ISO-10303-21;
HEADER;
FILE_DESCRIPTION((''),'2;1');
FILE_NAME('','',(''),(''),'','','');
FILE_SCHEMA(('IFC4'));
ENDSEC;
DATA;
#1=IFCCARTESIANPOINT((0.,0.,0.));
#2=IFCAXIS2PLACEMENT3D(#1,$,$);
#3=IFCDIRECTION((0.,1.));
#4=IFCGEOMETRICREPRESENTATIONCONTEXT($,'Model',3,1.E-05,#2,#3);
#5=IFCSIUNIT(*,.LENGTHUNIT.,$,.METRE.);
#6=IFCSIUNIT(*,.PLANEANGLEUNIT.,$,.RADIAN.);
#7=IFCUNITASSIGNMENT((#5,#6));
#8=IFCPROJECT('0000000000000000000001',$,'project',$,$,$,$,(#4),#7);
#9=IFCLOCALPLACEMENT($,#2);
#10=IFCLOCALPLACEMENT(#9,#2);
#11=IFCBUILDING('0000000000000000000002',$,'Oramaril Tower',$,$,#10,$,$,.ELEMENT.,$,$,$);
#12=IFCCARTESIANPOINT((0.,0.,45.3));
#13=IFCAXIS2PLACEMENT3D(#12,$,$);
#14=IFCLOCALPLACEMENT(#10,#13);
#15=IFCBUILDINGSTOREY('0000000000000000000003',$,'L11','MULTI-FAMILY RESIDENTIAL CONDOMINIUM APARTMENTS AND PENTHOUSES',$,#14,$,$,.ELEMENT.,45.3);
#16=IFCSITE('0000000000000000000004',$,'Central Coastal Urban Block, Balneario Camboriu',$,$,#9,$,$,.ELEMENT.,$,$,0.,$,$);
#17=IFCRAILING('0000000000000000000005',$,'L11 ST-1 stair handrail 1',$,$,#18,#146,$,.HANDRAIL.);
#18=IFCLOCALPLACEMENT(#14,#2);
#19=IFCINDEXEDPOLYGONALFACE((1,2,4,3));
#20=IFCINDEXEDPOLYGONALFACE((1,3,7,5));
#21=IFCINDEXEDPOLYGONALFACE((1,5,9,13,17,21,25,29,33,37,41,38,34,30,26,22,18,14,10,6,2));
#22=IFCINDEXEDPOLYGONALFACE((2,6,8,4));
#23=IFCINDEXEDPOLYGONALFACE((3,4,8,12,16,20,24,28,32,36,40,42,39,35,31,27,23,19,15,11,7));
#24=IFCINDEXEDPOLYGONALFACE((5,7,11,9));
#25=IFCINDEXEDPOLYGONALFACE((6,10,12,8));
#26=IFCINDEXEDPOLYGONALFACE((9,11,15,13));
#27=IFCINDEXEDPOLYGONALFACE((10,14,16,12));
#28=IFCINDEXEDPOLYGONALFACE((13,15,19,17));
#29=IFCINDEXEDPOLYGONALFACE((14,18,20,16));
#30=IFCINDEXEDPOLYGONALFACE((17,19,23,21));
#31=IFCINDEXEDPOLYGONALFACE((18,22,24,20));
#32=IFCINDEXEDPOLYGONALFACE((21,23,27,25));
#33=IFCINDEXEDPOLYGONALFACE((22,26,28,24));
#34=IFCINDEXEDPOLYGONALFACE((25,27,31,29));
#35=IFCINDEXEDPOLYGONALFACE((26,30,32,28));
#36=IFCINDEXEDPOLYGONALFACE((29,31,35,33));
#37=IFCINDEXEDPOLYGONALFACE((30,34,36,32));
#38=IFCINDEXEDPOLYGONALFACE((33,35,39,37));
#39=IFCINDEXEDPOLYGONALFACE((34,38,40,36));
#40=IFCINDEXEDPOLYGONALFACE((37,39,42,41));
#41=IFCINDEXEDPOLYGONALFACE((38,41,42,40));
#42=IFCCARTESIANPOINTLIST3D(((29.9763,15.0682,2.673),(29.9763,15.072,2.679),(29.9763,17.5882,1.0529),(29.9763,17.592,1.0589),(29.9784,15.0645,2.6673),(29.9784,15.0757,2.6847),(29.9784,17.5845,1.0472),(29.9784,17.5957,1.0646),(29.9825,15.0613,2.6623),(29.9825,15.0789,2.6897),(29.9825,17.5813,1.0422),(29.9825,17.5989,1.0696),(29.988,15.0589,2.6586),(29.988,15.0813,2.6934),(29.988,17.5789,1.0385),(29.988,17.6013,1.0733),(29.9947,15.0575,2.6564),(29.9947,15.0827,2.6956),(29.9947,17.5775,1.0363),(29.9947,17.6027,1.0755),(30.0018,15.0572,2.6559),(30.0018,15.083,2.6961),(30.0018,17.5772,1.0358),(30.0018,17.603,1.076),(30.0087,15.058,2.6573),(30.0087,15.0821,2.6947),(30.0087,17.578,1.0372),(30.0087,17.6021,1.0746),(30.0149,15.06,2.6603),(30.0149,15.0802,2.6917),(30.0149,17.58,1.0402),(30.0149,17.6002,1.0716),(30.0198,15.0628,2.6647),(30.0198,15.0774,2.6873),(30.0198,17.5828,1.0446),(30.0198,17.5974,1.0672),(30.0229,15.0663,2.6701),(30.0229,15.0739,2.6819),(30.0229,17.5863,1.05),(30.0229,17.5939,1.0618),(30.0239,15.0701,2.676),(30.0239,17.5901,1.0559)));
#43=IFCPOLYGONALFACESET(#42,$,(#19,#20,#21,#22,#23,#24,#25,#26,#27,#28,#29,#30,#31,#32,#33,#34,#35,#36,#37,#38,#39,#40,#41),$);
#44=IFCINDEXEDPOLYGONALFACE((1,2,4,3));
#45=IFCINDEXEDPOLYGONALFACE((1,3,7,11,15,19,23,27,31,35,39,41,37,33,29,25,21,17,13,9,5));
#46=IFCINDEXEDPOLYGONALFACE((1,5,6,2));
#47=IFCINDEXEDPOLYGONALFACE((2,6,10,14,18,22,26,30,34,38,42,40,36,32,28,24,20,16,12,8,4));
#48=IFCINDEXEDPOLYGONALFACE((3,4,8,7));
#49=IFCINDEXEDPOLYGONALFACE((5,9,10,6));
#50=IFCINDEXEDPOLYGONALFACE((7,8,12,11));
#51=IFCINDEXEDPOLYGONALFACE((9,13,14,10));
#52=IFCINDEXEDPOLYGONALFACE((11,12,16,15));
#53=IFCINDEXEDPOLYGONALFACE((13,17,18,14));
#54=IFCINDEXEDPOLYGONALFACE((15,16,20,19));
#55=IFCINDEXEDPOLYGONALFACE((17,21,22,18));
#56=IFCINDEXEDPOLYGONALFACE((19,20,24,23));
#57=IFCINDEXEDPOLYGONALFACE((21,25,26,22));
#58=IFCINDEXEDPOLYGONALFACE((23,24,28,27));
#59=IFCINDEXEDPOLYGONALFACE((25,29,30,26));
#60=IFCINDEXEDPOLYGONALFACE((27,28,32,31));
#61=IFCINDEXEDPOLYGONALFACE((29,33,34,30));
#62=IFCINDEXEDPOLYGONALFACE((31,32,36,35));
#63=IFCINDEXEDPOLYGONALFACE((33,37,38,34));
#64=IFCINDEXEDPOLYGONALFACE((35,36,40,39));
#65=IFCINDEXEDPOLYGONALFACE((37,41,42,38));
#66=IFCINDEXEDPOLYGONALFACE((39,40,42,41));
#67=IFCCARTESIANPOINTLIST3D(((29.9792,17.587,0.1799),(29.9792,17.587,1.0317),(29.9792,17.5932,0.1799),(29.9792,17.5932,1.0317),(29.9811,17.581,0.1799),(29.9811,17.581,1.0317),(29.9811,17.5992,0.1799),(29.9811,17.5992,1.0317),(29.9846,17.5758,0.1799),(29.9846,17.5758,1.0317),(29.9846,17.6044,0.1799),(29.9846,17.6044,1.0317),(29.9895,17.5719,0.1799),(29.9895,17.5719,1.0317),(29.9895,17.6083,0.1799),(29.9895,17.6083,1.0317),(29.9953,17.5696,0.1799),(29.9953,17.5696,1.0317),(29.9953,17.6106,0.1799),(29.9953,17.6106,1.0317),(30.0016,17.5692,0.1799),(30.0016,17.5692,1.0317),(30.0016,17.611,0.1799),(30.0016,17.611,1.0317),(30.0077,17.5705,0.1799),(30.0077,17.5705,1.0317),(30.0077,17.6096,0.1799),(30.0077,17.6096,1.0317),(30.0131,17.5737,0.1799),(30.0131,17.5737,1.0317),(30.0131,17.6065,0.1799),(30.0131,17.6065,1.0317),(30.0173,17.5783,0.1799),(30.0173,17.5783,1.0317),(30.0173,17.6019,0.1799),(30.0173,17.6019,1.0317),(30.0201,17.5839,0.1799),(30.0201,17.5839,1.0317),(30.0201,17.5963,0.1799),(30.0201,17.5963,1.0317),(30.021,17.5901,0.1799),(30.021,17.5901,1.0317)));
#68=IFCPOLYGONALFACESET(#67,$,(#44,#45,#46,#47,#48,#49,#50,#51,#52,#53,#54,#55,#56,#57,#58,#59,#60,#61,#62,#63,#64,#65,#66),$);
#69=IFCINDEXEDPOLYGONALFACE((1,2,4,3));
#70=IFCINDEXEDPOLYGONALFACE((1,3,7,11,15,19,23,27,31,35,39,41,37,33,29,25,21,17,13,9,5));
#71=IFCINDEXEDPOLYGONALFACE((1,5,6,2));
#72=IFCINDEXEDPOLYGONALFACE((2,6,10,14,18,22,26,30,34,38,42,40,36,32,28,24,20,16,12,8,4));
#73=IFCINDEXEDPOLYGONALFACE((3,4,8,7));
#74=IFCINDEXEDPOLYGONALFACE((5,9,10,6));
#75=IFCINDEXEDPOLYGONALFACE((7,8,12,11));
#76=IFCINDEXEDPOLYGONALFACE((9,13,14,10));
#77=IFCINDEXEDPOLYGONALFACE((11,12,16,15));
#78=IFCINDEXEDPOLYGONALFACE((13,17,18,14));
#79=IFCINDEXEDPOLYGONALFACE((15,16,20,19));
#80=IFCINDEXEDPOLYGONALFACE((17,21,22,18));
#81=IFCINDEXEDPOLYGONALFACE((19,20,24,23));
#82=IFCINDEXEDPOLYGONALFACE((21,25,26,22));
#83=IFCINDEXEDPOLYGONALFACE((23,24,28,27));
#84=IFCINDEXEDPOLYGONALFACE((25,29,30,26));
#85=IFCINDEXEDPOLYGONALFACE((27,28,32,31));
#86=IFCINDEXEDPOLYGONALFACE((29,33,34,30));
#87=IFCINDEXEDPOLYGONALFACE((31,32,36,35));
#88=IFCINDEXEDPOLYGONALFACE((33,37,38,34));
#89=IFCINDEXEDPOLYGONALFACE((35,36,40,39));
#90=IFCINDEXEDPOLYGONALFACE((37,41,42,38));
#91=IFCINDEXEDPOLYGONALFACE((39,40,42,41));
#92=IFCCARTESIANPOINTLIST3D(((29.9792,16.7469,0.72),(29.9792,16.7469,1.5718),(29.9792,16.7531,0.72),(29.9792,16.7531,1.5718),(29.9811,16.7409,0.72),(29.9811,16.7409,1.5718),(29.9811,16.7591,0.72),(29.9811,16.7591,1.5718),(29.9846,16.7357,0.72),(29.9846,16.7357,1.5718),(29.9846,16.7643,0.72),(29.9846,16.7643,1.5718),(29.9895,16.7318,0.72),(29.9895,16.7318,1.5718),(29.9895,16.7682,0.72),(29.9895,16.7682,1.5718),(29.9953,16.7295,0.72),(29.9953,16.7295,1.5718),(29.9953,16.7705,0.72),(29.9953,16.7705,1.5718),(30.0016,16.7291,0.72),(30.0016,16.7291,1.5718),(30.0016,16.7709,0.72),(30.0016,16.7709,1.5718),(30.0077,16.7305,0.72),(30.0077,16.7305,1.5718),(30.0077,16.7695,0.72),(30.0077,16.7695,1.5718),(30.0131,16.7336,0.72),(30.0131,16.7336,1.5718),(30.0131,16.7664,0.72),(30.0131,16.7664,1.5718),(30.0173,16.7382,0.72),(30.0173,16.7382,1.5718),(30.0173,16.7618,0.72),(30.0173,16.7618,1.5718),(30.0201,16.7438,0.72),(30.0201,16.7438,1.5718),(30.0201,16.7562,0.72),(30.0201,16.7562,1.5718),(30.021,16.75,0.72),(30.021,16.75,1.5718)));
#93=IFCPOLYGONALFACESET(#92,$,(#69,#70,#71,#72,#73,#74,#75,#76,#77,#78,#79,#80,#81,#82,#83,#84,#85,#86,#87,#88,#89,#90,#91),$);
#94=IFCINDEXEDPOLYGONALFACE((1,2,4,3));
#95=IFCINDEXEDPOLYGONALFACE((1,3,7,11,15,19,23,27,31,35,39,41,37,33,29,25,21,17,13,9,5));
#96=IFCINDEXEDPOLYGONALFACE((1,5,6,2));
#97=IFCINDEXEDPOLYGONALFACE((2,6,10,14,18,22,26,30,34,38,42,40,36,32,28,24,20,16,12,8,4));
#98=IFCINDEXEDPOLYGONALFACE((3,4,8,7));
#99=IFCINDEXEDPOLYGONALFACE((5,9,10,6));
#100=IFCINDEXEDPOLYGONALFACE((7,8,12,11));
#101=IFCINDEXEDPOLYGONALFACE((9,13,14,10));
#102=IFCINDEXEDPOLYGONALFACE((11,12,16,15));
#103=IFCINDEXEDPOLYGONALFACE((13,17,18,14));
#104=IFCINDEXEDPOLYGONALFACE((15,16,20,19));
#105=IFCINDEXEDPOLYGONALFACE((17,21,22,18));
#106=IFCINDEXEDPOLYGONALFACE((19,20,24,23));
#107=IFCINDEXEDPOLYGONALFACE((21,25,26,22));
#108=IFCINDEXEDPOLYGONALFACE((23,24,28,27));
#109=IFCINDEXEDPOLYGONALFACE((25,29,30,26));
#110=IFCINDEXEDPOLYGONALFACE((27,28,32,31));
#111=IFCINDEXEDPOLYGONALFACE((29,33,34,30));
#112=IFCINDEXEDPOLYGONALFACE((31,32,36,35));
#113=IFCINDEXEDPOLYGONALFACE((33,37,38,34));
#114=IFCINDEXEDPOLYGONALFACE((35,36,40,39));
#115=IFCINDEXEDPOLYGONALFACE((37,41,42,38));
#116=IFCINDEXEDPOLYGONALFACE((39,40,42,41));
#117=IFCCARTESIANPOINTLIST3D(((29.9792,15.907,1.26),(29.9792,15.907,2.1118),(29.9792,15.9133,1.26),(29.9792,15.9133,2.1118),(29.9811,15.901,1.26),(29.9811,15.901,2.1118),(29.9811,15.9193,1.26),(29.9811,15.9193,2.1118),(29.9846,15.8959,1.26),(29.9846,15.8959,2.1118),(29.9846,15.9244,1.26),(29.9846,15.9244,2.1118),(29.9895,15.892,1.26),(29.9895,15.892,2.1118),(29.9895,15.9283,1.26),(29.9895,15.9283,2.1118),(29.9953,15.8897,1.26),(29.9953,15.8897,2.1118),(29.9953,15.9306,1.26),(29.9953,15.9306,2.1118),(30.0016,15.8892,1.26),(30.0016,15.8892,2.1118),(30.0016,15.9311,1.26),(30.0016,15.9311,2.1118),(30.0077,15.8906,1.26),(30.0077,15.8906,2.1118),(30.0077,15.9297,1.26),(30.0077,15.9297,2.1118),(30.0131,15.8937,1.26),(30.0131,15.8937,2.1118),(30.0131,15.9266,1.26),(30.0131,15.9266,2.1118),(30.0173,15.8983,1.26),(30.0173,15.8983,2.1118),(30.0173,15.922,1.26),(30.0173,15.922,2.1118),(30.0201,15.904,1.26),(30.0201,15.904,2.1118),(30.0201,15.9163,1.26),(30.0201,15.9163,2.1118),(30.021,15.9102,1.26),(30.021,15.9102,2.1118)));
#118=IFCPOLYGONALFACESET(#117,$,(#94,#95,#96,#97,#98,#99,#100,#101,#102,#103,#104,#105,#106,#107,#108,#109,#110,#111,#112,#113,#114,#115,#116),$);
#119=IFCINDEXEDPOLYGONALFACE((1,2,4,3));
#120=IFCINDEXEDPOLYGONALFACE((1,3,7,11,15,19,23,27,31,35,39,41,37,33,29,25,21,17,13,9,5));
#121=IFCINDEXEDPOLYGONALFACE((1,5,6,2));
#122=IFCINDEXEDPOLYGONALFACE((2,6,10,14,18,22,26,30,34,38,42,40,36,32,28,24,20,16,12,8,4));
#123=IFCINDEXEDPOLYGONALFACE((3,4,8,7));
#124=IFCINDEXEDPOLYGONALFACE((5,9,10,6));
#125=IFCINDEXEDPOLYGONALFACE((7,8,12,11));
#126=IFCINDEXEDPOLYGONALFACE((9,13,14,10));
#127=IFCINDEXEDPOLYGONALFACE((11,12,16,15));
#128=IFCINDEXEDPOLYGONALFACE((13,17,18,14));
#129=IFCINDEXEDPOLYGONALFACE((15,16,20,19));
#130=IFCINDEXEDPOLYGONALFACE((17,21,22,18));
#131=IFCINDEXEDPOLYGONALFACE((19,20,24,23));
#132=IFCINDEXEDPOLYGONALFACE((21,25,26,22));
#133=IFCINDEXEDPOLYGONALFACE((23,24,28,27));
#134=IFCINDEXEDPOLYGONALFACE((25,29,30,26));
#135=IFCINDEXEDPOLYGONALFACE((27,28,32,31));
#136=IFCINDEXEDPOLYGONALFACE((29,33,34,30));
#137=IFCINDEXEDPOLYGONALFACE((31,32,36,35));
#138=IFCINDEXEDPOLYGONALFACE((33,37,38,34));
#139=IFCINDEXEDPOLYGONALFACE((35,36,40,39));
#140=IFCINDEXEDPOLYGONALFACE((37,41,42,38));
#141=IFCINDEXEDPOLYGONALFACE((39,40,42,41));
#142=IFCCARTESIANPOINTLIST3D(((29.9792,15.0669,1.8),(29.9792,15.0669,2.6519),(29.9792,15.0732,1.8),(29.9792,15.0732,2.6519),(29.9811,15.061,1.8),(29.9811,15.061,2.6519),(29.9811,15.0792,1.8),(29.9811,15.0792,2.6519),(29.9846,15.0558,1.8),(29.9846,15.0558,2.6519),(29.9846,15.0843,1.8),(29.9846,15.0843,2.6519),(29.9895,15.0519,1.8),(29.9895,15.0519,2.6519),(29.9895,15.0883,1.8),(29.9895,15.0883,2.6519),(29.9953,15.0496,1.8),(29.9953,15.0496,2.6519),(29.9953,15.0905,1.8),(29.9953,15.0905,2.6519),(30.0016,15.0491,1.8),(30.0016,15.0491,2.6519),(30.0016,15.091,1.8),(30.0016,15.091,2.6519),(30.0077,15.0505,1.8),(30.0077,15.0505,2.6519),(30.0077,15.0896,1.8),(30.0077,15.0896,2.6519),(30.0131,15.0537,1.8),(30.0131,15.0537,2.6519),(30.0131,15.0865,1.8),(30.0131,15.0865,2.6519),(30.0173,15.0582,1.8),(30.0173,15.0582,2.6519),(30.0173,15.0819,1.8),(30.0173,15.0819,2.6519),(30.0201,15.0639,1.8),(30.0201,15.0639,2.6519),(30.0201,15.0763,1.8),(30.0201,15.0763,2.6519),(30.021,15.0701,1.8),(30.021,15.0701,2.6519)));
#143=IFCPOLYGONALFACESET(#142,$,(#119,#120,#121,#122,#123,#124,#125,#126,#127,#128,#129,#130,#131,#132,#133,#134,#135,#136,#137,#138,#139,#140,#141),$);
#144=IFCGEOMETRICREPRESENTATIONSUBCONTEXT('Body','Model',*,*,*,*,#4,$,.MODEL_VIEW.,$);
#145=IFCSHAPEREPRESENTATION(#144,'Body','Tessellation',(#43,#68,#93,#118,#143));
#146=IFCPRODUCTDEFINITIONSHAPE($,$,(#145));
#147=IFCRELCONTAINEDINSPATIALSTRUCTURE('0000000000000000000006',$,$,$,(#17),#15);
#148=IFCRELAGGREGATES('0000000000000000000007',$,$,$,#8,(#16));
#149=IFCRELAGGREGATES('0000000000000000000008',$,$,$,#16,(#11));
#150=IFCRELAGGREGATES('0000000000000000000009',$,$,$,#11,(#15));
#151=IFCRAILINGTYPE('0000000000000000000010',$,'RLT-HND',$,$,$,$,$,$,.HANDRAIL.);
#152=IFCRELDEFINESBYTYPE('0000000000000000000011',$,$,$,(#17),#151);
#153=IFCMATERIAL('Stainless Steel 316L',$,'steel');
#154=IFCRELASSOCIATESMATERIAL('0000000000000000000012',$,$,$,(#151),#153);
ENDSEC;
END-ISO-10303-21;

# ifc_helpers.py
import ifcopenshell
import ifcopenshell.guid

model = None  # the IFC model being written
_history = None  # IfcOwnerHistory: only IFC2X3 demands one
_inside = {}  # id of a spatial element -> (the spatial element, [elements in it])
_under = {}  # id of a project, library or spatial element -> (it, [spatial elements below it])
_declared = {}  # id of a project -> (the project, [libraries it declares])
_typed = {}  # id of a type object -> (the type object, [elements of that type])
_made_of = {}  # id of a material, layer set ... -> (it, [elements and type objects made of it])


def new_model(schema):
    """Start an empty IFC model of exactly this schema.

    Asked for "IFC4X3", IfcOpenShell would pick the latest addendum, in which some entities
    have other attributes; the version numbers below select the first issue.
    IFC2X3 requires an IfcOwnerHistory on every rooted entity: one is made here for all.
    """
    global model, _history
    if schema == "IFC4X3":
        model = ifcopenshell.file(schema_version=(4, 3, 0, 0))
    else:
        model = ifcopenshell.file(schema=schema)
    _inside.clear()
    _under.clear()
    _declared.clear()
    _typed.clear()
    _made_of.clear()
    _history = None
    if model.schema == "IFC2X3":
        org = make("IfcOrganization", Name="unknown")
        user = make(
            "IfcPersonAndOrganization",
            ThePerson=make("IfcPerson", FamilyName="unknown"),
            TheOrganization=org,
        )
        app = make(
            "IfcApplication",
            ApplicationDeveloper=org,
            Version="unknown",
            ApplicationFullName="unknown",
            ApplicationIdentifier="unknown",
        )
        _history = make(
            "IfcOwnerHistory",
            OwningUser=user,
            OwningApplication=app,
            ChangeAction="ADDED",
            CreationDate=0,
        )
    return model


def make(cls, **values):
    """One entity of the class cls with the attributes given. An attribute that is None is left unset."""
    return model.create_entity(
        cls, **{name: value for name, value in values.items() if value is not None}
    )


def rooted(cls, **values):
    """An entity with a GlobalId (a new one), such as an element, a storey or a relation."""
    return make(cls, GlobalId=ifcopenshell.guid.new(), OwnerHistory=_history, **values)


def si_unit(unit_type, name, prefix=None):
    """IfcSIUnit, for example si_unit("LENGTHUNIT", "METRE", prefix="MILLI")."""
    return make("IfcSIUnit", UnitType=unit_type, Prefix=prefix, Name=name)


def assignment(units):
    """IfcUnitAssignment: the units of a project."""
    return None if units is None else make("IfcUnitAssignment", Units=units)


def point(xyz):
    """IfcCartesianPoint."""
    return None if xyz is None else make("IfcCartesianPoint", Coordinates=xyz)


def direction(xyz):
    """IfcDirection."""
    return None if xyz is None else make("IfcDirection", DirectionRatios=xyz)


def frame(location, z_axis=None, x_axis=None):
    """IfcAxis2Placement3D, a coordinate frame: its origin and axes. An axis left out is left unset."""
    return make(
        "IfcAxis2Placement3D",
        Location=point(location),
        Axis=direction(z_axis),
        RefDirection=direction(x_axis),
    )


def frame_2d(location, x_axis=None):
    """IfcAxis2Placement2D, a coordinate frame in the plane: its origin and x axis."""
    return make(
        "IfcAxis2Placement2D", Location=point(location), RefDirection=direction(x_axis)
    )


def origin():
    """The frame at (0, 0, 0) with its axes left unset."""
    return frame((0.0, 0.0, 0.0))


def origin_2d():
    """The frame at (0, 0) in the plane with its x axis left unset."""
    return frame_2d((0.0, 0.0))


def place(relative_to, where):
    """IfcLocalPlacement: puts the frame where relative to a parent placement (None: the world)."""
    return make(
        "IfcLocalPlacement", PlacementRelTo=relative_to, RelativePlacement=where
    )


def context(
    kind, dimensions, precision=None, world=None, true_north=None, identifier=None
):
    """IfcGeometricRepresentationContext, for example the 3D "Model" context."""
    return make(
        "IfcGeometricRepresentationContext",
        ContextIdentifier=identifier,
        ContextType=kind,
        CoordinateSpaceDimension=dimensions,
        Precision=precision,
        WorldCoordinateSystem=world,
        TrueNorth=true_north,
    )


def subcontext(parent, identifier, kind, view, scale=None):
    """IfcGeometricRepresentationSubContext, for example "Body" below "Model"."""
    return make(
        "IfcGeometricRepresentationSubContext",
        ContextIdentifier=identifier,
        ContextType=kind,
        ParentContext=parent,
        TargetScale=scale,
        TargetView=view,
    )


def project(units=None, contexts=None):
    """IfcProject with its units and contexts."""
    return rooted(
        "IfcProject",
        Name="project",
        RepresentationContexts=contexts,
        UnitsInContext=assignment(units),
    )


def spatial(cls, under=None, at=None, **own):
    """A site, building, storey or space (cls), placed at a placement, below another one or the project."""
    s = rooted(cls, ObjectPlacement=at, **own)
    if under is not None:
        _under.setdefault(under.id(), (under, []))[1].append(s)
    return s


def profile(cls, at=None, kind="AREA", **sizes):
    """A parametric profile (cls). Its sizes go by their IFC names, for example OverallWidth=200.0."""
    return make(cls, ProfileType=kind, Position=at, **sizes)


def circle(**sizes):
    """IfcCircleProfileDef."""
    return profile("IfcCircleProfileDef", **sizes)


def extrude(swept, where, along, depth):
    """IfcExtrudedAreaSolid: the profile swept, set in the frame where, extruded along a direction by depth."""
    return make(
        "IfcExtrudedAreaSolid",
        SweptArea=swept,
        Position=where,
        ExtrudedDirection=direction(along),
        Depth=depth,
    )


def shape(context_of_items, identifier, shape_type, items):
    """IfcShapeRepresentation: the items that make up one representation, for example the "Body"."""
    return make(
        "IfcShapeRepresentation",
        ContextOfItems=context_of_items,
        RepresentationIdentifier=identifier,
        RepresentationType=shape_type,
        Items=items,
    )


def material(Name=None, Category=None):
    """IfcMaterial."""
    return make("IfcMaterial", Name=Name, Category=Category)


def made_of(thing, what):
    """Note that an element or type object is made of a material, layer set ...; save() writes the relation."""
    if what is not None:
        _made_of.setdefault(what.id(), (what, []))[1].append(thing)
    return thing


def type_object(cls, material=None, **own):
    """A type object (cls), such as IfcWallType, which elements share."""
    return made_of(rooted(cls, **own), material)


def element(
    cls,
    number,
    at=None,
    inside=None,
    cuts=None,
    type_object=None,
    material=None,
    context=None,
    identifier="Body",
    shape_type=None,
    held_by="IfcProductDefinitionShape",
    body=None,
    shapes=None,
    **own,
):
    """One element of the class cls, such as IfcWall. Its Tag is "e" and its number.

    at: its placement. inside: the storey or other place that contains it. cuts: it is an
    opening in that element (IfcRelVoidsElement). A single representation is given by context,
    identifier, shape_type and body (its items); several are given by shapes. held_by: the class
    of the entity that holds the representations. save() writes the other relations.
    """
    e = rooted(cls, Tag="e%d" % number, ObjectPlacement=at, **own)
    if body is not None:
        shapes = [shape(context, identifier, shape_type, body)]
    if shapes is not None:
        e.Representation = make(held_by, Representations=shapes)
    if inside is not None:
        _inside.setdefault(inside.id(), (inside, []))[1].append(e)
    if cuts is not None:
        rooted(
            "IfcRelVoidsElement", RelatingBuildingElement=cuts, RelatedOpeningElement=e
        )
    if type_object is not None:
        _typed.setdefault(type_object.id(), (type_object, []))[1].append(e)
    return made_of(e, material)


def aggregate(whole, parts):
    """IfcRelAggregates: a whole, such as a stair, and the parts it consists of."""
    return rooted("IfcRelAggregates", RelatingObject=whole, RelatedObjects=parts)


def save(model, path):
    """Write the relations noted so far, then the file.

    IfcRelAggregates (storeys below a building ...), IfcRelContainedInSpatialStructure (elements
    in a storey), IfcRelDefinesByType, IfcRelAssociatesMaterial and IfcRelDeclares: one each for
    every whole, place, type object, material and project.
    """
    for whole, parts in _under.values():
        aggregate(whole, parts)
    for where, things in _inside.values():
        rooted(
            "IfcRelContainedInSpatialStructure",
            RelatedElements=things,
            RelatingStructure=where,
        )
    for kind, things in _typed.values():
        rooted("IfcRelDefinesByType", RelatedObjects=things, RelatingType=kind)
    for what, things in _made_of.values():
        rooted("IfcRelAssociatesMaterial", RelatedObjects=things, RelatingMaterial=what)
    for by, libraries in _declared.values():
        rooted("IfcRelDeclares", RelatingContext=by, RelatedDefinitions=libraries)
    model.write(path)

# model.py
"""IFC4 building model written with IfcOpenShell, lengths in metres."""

from ifc_helpers import new_model, si_unit, direction, frame, origin, origin_2d, place, context, subcontext, project, spatial, circle, extrude, material, type_object, element, save


model = new_model("IFC4")

# Units and contexts
model_context = context("Model", 3, precision=1e-05, world=origin(), true_north=direction((0.0, 1.0)))
body_context = subcontext(model_context, "Body", "Model", "MODEL_VIEW")
ifc_project = project(units=[si_unit("LENGTHUNIT", "METRE"), si_unit("PLANEANGLEUNIT", "RADIAN")], contexts=[model_context])

# Site, building, storey
site_placement = place(None, origin())
site = spatial("IfcSite", under=ifc_project, at=site_placement, Name="Central Coastal Urban Block, Balneario Camboriu", CompositionType="ELEMENT", RefElevation=0.0)
building_placement = place(site_placement, origin())
building = spatial("IfcBuilding", under=site, at=building_placement, Name="Oramaril Tower", CompositionType="ELEMENT")
storey_placement = place(building_placement, frame((0.0, 0.0, 45.3)))
storey = spatial("IfcBuildingStorey", under=building, at=storey_placement, Name="L11", Description="MULTI-FAMILY RESIDENTIAL CONDOMINIUM APARTMENTS AND PENTHOUSES", CompositionType="ELEMENT", Elevation=45.3)

# Railing
ifc_material_1 = material(Name="Stainless Steel 316L", Category="steel")
railing_type_1 = type_object("IfcRailingType", Name="RLT-HND", PredefinedType="HANDRAIL", material=ifc_material_1)
railing_1_placement = place(storey_placement, frame((30.0, 17.5901, 0.1799)))
element("IfcRailing", 1, at=railing_1_placement, inside=storey, type_object=railing_type_1, Name="L11 ST-1 stair handrail 1", PredefinedType="HANDRAIL", context=body_context, shape_type="SweptSolid", body=[
    extrude(circle(Radius=0.0239, at=origin_2d()), frame((0.0, 0.0, 0.876), z_axis=(0.0, -0.841163, 0.540782), x_axis=(1.0, 0.0, 0.0)), (0.0, 0.0, 1.0), 2.9958),
    extrude(circle(Radius=0.021, at=origin_2d()), origin(), (0.0, 0.0, 1.0), 0.8518),
    extrude(circle(Radius=0.021, at=origin_2d()), frame((0.0, -0.8401, 0.54)), (0.0, 0.0, 1.0), 0.8518),
    extrude(circle(Radius=0.021, at=origin_2d()), frame((0.0, -1.6799, 1.0801)), (0.0, 0.0, 1.0), 0.8518),
    extrude(circle(Radius=0.021, at=origin_2d()), frame((0.0, -2.52, 1.6201)), (0.0, 0.0, 1.0), 0.8518),
])

save(model, "model.ifc")
